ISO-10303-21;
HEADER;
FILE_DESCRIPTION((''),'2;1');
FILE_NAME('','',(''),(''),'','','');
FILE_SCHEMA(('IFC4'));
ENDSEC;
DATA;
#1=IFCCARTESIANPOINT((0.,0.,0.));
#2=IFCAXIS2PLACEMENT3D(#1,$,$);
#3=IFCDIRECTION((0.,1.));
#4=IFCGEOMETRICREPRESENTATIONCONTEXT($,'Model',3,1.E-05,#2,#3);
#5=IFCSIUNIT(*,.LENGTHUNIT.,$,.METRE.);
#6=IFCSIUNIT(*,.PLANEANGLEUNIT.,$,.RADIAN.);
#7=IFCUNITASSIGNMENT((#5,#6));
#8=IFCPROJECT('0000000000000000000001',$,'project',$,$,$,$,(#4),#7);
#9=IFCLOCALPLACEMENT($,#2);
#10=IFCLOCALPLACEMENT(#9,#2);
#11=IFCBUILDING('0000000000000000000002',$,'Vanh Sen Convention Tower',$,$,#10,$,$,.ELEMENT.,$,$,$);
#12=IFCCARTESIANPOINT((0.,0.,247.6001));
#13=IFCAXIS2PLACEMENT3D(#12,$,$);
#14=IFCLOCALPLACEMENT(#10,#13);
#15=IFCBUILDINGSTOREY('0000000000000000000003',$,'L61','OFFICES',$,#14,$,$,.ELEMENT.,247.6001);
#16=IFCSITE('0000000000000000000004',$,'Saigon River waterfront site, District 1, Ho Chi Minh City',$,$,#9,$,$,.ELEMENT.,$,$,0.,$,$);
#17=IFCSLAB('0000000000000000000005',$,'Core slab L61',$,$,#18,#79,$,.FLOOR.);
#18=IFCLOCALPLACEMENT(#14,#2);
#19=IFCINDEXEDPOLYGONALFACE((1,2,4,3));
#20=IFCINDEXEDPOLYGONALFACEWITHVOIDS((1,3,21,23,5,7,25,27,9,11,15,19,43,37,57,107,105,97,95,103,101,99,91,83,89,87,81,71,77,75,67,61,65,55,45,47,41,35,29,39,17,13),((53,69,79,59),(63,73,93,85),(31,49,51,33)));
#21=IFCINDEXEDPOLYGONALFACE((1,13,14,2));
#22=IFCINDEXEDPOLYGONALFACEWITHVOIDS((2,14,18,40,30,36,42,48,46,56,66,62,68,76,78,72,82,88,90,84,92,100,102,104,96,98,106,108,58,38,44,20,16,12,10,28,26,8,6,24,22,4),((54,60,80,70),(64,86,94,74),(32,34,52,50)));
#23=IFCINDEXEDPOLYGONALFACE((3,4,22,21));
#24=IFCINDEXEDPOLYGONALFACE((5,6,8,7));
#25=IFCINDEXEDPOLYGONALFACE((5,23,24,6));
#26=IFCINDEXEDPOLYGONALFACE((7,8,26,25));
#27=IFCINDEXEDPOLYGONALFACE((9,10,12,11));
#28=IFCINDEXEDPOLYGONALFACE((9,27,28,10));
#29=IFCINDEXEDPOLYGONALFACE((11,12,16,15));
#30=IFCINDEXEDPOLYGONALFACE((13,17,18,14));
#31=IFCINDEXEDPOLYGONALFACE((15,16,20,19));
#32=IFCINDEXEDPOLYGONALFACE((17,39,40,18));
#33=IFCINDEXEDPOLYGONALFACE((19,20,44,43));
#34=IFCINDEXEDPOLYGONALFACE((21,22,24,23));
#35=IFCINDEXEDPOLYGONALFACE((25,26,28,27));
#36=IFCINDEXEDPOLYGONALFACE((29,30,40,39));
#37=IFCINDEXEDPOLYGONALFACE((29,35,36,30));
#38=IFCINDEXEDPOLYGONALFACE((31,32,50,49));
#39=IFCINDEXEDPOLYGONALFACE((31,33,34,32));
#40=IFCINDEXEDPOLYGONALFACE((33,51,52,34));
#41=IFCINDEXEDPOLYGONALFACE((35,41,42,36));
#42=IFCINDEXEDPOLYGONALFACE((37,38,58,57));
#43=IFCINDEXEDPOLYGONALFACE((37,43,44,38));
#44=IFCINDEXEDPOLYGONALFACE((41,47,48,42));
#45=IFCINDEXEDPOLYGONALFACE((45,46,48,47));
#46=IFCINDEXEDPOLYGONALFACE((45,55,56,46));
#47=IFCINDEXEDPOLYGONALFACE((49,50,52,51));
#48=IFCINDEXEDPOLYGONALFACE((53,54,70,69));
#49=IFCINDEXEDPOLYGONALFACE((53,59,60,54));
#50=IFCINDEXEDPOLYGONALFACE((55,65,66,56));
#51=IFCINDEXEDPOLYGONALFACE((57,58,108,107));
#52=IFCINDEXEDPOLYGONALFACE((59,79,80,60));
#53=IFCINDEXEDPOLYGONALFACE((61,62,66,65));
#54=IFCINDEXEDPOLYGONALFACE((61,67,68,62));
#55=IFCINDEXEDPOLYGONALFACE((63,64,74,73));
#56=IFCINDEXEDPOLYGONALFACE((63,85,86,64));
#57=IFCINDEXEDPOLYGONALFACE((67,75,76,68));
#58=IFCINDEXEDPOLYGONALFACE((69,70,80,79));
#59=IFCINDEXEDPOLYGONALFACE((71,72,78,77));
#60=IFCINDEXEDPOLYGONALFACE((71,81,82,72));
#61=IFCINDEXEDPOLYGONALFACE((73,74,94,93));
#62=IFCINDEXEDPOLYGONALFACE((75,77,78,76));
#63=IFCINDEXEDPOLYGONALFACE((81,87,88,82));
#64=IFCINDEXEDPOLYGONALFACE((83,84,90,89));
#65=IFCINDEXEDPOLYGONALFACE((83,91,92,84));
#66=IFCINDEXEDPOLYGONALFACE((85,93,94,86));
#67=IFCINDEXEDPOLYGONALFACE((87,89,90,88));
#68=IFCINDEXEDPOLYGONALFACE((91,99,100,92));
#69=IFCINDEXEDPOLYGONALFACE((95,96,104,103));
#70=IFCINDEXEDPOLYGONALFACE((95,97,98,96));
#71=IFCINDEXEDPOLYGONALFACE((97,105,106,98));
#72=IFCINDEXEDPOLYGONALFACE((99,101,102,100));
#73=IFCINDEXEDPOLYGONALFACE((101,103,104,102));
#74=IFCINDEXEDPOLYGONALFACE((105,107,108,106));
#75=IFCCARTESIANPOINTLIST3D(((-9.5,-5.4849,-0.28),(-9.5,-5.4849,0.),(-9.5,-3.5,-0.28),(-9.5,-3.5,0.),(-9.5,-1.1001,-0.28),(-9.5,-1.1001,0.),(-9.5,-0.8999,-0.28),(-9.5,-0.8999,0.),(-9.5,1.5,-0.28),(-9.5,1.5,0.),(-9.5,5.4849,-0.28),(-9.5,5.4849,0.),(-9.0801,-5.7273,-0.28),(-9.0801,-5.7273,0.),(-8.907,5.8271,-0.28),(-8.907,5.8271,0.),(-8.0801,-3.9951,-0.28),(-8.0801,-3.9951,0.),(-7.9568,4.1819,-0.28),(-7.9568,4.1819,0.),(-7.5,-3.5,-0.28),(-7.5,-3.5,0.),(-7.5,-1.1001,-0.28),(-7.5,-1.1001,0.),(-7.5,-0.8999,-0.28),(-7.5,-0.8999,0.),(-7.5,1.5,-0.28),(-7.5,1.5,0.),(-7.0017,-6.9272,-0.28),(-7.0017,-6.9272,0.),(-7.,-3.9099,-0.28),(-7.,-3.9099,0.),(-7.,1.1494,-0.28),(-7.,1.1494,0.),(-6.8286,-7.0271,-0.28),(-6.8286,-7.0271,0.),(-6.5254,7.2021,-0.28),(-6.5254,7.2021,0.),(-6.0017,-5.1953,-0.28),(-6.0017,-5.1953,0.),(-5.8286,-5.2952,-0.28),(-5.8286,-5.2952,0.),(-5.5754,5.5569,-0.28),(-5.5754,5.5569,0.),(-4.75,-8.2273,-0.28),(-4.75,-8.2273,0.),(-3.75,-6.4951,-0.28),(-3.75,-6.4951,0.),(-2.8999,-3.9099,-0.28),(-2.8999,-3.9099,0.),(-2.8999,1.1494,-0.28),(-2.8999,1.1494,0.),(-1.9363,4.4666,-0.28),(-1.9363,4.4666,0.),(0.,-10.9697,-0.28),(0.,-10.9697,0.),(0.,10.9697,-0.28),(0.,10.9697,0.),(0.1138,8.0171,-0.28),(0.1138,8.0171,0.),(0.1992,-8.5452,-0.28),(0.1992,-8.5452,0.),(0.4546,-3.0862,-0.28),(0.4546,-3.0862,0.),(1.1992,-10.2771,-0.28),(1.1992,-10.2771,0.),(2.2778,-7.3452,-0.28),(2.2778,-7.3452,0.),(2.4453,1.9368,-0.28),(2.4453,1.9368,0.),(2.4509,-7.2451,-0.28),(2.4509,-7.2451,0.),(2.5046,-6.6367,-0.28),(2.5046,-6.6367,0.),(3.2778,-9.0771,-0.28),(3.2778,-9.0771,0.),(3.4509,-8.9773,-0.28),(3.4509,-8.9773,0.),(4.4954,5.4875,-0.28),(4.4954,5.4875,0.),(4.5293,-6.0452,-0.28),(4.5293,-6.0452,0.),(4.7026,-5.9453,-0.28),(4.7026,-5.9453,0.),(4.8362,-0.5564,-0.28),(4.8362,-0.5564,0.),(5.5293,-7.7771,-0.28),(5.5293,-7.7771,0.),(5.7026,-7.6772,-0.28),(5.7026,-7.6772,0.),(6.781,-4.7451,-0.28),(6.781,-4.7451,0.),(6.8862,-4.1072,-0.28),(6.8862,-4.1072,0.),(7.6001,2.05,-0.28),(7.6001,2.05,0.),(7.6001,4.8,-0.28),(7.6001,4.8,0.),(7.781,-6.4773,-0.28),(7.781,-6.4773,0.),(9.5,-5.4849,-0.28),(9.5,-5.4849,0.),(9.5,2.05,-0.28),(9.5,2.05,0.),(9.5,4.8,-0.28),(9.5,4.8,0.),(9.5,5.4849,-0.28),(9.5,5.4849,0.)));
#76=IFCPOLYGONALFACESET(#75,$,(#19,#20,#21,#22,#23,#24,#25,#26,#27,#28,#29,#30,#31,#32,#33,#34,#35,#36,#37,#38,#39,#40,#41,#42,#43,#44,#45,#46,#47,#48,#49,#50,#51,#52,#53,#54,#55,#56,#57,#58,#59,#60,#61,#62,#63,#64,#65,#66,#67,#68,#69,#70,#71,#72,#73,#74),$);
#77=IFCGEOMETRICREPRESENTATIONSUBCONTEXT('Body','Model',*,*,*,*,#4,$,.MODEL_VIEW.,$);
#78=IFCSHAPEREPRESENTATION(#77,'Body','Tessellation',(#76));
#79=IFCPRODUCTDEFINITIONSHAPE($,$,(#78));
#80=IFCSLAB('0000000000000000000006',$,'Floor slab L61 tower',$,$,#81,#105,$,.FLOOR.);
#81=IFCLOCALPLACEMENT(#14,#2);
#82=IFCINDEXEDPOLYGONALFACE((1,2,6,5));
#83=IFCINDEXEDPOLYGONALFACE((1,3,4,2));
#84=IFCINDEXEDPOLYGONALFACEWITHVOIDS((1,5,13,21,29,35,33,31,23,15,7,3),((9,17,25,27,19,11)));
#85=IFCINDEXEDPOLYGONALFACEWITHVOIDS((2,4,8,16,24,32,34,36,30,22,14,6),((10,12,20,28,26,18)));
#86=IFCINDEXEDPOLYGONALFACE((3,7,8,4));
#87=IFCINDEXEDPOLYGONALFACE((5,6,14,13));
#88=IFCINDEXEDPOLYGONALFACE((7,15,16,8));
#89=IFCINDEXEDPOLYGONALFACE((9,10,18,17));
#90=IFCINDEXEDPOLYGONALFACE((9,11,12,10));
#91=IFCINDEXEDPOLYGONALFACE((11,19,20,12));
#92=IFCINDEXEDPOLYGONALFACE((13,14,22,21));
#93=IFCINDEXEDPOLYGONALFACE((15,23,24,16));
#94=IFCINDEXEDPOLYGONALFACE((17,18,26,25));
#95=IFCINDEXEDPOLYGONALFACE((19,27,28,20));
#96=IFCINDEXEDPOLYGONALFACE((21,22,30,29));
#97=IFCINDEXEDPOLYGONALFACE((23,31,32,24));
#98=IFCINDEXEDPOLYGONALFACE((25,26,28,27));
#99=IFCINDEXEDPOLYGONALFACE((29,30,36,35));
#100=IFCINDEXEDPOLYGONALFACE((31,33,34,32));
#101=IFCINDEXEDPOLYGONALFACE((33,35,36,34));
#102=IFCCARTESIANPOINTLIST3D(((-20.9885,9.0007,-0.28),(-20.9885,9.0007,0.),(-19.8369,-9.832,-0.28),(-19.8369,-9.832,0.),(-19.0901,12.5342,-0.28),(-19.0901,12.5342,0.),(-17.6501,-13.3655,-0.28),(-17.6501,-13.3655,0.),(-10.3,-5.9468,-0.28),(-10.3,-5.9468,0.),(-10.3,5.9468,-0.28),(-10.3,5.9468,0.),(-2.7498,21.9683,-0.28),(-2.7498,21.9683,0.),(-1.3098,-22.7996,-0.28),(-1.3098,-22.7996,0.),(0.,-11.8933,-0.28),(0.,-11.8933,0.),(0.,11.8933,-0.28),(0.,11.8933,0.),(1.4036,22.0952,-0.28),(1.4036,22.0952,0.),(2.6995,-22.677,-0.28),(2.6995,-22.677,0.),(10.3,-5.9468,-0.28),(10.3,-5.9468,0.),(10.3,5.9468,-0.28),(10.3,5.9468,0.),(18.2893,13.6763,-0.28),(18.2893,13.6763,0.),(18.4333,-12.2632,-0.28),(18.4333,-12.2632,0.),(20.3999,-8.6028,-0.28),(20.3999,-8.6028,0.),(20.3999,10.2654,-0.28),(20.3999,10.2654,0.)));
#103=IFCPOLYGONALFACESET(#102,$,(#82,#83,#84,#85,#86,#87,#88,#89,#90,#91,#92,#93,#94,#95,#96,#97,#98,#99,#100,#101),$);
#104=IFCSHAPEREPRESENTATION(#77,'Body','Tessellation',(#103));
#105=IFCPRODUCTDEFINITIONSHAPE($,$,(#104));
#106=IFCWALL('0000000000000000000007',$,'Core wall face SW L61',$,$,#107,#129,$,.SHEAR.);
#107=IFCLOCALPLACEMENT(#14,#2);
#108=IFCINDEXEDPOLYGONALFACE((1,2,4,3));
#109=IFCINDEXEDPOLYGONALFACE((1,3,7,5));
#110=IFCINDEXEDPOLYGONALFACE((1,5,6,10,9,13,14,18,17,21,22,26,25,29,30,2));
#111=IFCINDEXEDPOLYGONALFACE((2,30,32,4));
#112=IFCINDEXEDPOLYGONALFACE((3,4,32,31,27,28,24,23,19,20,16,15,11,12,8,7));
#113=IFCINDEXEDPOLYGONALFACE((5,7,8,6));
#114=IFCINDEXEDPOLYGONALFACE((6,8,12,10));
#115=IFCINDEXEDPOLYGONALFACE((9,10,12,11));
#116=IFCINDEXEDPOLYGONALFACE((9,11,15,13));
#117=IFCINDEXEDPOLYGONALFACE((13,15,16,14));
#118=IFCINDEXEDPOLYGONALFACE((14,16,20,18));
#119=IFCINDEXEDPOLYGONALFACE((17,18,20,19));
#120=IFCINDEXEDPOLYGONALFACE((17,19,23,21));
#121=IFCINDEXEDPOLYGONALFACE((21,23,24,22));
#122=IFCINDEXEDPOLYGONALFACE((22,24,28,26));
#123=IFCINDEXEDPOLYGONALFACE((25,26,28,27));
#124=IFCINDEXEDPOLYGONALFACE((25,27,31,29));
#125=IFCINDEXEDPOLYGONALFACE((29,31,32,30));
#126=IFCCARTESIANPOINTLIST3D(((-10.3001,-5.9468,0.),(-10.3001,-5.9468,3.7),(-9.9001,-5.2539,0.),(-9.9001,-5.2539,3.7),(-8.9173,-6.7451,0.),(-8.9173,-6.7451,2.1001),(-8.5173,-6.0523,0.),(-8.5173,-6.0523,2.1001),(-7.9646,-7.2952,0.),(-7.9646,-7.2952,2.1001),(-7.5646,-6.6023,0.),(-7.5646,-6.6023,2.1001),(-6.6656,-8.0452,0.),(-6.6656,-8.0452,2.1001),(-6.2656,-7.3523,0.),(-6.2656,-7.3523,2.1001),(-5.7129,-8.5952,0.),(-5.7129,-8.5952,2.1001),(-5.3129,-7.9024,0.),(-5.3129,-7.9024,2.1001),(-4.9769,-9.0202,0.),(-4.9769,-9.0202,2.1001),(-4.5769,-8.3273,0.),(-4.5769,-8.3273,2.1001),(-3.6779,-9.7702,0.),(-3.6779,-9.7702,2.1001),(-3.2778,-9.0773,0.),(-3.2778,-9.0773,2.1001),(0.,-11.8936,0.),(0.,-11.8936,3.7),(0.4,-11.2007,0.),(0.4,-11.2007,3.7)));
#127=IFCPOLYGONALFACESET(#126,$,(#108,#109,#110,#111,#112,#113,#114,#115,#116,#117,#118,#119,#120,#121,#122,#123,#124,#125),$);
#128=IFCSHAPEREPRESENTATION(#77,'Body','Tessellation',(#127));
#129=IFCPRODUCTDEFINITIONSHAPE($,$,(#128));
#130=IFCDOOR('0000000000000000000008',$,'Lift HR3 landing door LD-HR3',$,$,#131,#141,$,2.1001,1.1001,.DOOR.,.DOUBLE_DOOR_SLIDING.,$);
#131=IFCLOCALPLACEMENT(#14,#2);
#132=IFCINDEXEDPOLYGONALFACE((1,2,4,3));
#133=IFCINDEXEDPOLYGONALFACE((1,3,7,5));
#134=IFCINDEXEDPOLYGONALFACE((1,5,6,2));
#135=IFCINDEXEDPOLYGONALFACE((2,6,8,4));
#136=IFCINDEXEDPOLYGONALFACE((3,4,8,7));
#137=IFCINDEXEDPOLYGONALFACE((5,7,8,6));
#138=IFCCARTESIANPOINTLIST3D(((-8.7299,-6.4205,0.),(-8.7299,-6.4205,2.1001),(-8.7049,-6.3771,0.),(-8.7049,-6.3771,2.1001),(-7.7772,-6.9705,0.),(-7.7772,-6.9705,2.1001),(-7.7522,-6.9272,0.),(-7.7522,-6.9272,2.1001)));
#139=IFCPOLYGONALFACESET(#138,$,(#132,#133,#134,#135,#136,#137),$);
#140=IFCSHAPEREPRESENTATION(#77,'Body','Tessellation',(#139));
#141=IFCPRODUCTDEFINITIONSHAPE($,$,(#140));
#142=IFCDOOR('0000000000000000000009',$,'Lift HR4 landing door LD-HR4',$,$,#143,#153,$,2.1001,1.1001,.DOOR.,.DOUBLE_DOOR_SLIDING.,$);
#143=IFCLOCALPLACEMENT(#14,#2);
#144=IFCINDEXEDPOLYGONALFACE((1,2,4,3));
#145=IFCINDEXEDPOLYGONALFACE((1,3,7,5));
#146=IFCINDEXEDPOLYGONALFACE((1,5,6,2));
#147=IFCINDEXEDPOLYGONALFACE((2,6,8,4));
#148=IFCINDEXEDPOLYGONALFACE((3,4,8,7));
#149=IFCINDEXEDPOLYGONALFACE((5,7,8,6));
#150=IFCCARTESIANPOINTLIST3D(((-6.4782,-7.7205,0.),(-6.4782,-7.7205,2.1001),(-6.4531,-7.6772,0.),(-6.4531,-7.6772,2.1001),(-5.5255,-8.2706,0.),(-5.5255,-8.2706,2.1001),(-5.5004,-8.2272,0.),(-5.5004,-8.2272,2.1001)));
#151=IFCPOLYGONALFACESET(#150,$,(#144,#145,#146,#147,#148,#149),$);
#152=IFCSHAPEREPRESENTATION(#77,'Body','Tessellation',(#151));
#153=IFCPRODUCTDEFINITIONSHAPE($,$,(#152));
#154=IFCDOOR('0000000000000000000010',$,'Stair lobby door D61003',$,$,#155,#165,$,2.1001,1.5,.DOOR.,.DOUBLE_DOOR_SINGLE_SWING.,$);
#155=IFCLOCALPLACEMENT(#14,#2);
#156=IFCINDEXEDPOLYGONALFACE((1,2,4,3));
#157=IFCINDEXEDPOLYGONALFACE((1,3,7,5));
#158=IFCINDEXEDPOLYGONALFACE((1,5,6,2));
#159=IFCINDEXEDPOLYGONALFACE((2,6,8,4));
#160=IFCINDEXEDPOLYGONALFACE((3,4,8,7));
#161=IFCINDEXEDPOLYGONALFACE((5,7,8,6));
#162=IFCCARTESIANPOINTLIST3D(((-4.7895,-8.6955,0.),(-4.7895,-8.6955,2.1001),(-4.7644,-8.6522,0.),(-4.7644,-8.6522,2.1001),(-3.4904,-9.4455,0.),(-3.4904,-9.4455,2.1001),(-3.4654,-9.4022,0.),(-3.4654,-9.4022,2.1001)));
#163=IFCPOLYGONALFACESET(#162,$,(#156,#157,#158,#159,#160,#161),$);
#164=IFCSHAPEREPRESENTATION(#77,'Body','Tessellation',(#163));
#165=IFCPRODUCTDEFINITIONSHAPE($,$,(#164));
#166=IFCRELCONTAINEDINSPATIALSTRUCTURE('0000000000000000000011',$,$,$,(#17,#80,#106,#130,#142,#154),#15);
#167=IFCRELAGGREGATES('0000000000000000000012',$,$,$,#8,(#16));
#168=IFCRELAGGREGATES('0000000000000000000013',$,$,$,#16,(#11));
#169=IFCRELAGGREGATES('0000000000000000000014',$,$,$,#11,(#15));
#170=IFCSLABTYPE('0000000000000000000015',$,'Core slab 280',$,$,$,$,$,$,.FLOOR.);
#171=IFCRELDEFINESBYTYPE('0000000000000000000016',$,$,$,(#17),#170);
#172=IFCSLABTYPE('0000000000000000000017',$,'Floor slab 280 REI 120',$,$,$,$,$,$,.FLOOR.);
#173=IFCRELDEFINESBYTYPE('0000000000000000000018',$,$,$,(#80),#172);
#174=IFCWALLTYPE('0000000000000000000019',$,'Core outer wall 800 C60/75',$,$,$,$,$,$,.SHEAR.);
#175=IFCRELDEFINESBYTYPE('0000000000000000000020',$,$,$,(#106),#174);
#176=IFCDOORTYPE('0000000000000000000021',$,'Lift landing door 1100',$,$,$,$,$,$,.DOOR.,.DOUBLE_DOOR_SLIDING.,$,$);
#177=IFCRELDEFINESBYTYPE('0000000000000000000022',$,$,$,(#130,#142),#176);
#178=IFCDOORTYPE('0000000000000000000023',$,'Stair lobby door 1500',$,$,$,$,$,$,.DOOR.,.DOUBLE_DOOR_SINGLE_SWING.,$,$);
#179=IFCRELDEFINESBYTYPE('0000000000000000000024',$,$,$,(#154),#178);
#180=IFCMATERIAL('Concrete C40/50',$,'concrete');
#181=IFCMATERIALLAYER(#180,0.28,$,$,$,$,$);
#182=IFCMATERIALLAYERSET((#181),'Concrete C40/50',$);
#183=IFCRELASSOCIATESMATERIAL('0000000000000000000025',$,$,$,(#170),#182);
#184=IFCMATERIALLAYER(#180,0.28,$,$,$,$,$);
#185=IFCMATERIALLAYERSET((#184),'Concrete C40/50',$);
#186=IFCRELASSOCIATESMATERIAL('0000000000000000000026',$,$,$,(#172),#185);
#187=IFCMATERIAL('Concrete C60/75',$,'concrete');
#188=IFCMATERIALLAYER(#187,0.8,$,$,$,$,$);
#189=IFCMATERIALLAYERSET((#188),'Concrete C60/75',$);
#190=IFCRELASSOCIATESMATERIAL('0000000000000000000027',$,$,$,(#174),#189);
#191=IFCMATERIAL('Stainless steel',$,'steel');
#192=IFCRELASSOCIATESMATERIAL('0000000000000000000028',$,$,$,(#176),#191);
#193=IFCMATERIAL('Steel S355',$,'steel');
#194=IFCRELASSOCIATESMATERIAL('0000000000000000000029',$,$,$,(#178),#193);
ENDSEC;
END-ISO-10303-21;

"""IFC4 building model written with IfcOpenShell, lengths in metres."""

from ifc_helpers import new_model, si_unit, direction, frame, frame_2d, origin, place, context, subcontext, project, spatial, polyline, rectangle, outline, extrude, material, layer, layer_set, type_object, element, fill, save


model = new_model("IFC4")

# Units and contexts
model_context = context("Model", 3, precision=1e-05, world=origin(), true_north=direction((0.0, 1.0)))
body_context = subcontext(model_context, "Body", "Model", "MODEL_VIEW")
ifc_project = project(units=[si_unit("LENGTHUNIT", "METRE"), si_unit("PLANEANGLEUNIT", "RADIAN")], contexts=[model_context])

# Site, building, storey
site_placement = place(None, origin())
site = spatial("IfcSite", under=ifc_project, at=site_placement, Name="Saigon River waterfront site, District 1, Ho Chi Minh City", CompositionType="ELEMENT", RefElevation=0.0)
building_placement = place(site_placement, origin())
building = spatial("IfcBuilding", under=site, at=building_placement, Name="Vanh Sen Convention Tower", CompositionType="ELEMENT")
storey_placement = place(building_placement, frame((0.0, 0.0, 247.6001)))
storey = spatial("IfcBuildingStorey", under=building, at=storey_placement, Name="L61", Description="OFFICES", CompositionType="ELEMENT", Elevation=247.6001)

# Slabs
ifc_material_1 = material(Name="Concrete C40/50", Category="concrete")
ifc_layer_1 = layer(ifc_material_1, 0.28)
ifc_layer_set_1 = layer_set([ifc_layer_1], Name="Concrete C40/50")
slab_type_1 = type_object("IfcSlabType", Name="Core slab 280", PredefinedType="FLOOR", material=ifc_layer_set_1)
slab_1_placement = place(storey_placement, frame((0.0, 0.0, -0.28)))
element("IfcSlab", 1, at=slab_1_placement, inside=storey, type_object=slab_type_1, Name="Core slab L61", PredefinedType="FLOOR", context=body_context, shape_type="SweptSolid", body=[
    extrude(outline(polyline([(0.0, 10.9697), (9.5, 5.4849), (9.5, 4.8), (7.6001, 4.8), (7.6001, 2.05), (9.5, 2.05), (9.5, -5.4849), (7.781, -6.4773), (6.781, -4.7451), (4.7026, -5.9453), (5.7026, -7.6772), (5.5293, -7.7771), (4.5293, -6.0452), (2.4509, -7.2451), (3.4509, -8.9773), (3.2778, -9.0771), (2.2778, -7.3452), (0.1992, -8.5452), (1.1992, -10.2771), (0.0, -10.9697), (-4.75, -8.2273), (-3.75, -6.4951), (-5.8286, -5.2952), (-6.8286, -7.0271), (-7.0017, -6.9272), (-6.0017, -5.1953), (-8.0801, -3.9951), (-9.0801, -5.7273), (-9.5, -5.4849), (-9.5, -3.5), (-7.5, -3.5), (-7.5, -1.1001), (-9.5, -1.1001), (-9.5, -0.8999), (-7.5, -0.8999), (-7.5, 1.5), (-9.5, 1.5), (-9.5, 5.4849), (-8.907, 5.8271), (-7.9568, 4.1819), (-5.5754, 5.5569), (-6.5254, 7.2021), (0.0, 10.9697)]), holes=[polyline([(-7.0, 1.1494), (-7.0, -3.9099), (-2.8999, -3.9099), (-2.8999, 1.1494), (-7.0, 1.1494)]), polyline([(2.5046, -6.6367), (6.8862, -4.1072), (4.8362, -0.5564), (0.4546, -3.0862), (2.5046, -6.6367)]), polyline([(0.1138, 8.0171), (-1.9363, 4.4666), (2.4453, 1.9368), (4.4954, 5.4875), (0.1138, 8.0171)])]), origin(), (0.0, 0.0, 1.0), 0.28),
])
ifc_layer_2 = layer(ifc_material_1, 0.28)
ifc_layer_set_2 = layer_set([ifc_layer_2], Name="Concrete C40/50")
slab_type_2 = type_object("IfcSlabType", Name="Floor slab 280 REI 120", PredefinedType="FLOOR", material=ifc_layer_set_2)
slab_2_placement = place(storey_placement, frame((0.0, 0.0, -0.28)))
element("IfcSlab", 2, at=slab_2_placement, inside=storey, type_object=slab_type_2, Name="Floor slab L61 tower", PredefinedType="FLOOR", context=body_context, shape_type="SweptSolid", body=[
    extrude(outline(polyline([(20.3999, -8.6028), (20.3999, 10.2654), (18.2893, 13.6763), (1.4036, 22.0952), (-2.7498, 21.9683), (-19.0901, 12.5342), (-20.9885, 9.0007), (-19.8369, -9.832), (-17.6501, -13.3655), (-1.3098, -22.7996), (2.6995, -22.677), (18.4333, -12.2632), (20.3999, -8.6028)]), holes=[polyline([(0.0, 11.8933), (-10.3, 5.9468), (-10.3, -5.9468), (0.0, -11.8933), (10.3, -5.9468), (10.3, 5.9468), (0.0, 11.8933)])]), origin(), (0.0, 0.0, 1.0), 0.28),
])

# Wall, openings, doors
ifc_material_2 = material(Name="Concrete C60/75", Category="concrete")
ifc_layer_3 = layer(ifc_material_2, 0.8)
ifc_layer_set_3 = layer_set([ifc_layer_3], Name="Concrete C60/75")
wall_type_1 = type_object("IfcWallType", Name="Core outer wall 800 C60/75", PredefinedType="SHEAR", material=ifc_layer_set_3)
wall_1_placement = place(storey_placement, frame((-10.1001, -5.6003, 0.0), z_axis=(0.0, 0.0, 1.0), x_axis=(0.866024, -0.500003, 0.0)))
wall_1 = element("IfcWall", 3, at=wall_1_placement, inside=storey, type_object=wall_type_1, Name="Core wall face SW L61", PredefinedType="SHEAR", context=body_context, shape_type="SweptSolid", body=[
    extrude(rectangle(XDim=11.8936, YDim=0.8, at=frame_2d((5.9468, 0.0))), origin(), (0.0, 0.0, 1.0), 3.7),
])
opening_1_placement = place(wall_1_placement, frame((6.1467, 0.0, 0.0)))
opening_1 = element("IfcOpeningElement", 4, at=opening_1_placement, cuts=wall_1, PredefinedType="OPENING", context=body_context, shape_type="SweptSolid", body=[
    extrude(rectangle(XDim=1.5, YDim=2.1001, at=frame_2d((0.75, 1.05))), frame((0.0, 0.4099, 0.0), z_axis=(0.0, -1.0, 0.0), x_axis=(1.0, 0.0, 0.0)), (0.0, 0.0, 1.0), 0.8201),
])
opening_2_placement = place(wall_1_placement, frame((1.5967, 0.0, 0.0)))
opening_2 = element("IfcOpeningElement", 5, at=opening_2_placement, cuts=wall_1, PredefinedType="OPENING", context=body_context, shape_type="SweptSolid", body=[
    extrude(rectangle(XDim=1.1001, YDim=2.1001, at=frame_2d((0.55, 1.05))), frame((0.0, 0.4099, 0.0), z_axis=(0.0, -1.0, 0.0), x_axis=(1.0, 0.0, 0.0)), (0.0, 0.0, 1.0), 0.8201),
])
opening_3_placement = place(wall_1_placement, frame((4.1968, 0.0, 0.0)))
opening_3 = element("IfcOpeningElement", 6, at=opening_3_placement, cuts=wall_1, PredefinedType="OPENING", context=body_context, shape_type="SweptSolid", body=[
    extrude(rectangle(XDim=1.1001, YDim=2.1001, at=frame_2d((0.55, 1.05))), frame((0.0, 0.4099, 0.0), z_axis=(0.0, -1.0, 0.0), x_axis=(1.0, 0.0, 0.0)), (0.0, 0.0, 1.0), 0.8201),
])
ifc_material_3 = material(Name="Stainless steel", Category="steel")
door_type_1 = type_object("IfcDoorType", Name="Lift landing door 1100", OperationType="DOUBLE_DOOR_SLIDING", PredefinedType="DOOR", material=ifc_material_3)
door_1_placement = place(opening_2_placement, origin())
door_1 = element("IfcDoor", 7, at=door_1_placement, inside=storey, type_object=door_type_1, Name="Lift HR3 landing door LD-HR3", OperationType="DOUBLE_DOOR_SLIDING", OverallHeight=2.1001, OverallWidth=1.1001, PredefinedType="DOOR", context=body_context, shape_type="SweptSolid", body=[
    extrude(rectangle(XDim=1.1001, YDim=2.1001, at=frame_2d((0.55, 1.05))), frame((0.0, 0.0249, 0.0), z_axis=(0.0, -1.0, 0.0), x_axis=(1.0, 0.0, 0.0)), (0.0, 0.0, 1.0), 0.05),
])
fill(opening_2, door_1)
door_2_placement = place(opening_3_placement, origin())
door_2 = element("IfcDoor", 8, at=door_2_placement, inside=storey, type_object=door_type_1, Name="Lift HR4 landing door LD-HR4", OperationType="DOUBLE_DOOR_SLIDING", OverallHeight=2.1001, OverallWidth=1.1001, PredefinedType="DOOR", context=body_context, shape_type="SweptSolid", body=[
    extrude(rectangle(XDim=1.1001, YDim=2.1001, at=frame_2d((0.55, 1.05))), frame((0.0, 0.0249, 0.0), z_axis=(0.0, -1.0, 0.0), x_axis=(1.0, 0.0, 0.0)), (0.0, 0.0, 1.0), 0.05),
])
fill(opening_3, door_2)
ifc_material_4 = material(Name="Steel S355", Category="steel")
door_type_2 = type_object("IfcDoorType", Name="Stair lobby door 1500", OperationType="DOUBLE_DOOR_SINGLE_SWING", PredefinedType="DOOR", material=ifc_material_4)
door_3_placement = place(opening_1_placement, origin())
door_3 = element("IfcDoor", 9, at=door_3_placement, inside=storey, type_object=door_type_2, Name="Stair lobby door D61003", OperationType="DOUBLE_DOOR_SINGLE_SWING", OverallHeight=2.1001, OverallWidth=1.5, PredefinedType="DOOR", context=body_context, shape_type="SweptSolid", body=[
    extrude(rectangle(XDim=1.5, YDim=2.1001, at=frame_2d((0.75, 1.05))), frame((0.0, 0.0249, 0.0), z_axis=(0.0, -1.0, 0.0), x_axis=(1.0, 0.0, 0.0)), (0.0, 0.0, 1.0), 0.05),
])
fill(opening_1, door_3)

save(model, "model.ifc")
